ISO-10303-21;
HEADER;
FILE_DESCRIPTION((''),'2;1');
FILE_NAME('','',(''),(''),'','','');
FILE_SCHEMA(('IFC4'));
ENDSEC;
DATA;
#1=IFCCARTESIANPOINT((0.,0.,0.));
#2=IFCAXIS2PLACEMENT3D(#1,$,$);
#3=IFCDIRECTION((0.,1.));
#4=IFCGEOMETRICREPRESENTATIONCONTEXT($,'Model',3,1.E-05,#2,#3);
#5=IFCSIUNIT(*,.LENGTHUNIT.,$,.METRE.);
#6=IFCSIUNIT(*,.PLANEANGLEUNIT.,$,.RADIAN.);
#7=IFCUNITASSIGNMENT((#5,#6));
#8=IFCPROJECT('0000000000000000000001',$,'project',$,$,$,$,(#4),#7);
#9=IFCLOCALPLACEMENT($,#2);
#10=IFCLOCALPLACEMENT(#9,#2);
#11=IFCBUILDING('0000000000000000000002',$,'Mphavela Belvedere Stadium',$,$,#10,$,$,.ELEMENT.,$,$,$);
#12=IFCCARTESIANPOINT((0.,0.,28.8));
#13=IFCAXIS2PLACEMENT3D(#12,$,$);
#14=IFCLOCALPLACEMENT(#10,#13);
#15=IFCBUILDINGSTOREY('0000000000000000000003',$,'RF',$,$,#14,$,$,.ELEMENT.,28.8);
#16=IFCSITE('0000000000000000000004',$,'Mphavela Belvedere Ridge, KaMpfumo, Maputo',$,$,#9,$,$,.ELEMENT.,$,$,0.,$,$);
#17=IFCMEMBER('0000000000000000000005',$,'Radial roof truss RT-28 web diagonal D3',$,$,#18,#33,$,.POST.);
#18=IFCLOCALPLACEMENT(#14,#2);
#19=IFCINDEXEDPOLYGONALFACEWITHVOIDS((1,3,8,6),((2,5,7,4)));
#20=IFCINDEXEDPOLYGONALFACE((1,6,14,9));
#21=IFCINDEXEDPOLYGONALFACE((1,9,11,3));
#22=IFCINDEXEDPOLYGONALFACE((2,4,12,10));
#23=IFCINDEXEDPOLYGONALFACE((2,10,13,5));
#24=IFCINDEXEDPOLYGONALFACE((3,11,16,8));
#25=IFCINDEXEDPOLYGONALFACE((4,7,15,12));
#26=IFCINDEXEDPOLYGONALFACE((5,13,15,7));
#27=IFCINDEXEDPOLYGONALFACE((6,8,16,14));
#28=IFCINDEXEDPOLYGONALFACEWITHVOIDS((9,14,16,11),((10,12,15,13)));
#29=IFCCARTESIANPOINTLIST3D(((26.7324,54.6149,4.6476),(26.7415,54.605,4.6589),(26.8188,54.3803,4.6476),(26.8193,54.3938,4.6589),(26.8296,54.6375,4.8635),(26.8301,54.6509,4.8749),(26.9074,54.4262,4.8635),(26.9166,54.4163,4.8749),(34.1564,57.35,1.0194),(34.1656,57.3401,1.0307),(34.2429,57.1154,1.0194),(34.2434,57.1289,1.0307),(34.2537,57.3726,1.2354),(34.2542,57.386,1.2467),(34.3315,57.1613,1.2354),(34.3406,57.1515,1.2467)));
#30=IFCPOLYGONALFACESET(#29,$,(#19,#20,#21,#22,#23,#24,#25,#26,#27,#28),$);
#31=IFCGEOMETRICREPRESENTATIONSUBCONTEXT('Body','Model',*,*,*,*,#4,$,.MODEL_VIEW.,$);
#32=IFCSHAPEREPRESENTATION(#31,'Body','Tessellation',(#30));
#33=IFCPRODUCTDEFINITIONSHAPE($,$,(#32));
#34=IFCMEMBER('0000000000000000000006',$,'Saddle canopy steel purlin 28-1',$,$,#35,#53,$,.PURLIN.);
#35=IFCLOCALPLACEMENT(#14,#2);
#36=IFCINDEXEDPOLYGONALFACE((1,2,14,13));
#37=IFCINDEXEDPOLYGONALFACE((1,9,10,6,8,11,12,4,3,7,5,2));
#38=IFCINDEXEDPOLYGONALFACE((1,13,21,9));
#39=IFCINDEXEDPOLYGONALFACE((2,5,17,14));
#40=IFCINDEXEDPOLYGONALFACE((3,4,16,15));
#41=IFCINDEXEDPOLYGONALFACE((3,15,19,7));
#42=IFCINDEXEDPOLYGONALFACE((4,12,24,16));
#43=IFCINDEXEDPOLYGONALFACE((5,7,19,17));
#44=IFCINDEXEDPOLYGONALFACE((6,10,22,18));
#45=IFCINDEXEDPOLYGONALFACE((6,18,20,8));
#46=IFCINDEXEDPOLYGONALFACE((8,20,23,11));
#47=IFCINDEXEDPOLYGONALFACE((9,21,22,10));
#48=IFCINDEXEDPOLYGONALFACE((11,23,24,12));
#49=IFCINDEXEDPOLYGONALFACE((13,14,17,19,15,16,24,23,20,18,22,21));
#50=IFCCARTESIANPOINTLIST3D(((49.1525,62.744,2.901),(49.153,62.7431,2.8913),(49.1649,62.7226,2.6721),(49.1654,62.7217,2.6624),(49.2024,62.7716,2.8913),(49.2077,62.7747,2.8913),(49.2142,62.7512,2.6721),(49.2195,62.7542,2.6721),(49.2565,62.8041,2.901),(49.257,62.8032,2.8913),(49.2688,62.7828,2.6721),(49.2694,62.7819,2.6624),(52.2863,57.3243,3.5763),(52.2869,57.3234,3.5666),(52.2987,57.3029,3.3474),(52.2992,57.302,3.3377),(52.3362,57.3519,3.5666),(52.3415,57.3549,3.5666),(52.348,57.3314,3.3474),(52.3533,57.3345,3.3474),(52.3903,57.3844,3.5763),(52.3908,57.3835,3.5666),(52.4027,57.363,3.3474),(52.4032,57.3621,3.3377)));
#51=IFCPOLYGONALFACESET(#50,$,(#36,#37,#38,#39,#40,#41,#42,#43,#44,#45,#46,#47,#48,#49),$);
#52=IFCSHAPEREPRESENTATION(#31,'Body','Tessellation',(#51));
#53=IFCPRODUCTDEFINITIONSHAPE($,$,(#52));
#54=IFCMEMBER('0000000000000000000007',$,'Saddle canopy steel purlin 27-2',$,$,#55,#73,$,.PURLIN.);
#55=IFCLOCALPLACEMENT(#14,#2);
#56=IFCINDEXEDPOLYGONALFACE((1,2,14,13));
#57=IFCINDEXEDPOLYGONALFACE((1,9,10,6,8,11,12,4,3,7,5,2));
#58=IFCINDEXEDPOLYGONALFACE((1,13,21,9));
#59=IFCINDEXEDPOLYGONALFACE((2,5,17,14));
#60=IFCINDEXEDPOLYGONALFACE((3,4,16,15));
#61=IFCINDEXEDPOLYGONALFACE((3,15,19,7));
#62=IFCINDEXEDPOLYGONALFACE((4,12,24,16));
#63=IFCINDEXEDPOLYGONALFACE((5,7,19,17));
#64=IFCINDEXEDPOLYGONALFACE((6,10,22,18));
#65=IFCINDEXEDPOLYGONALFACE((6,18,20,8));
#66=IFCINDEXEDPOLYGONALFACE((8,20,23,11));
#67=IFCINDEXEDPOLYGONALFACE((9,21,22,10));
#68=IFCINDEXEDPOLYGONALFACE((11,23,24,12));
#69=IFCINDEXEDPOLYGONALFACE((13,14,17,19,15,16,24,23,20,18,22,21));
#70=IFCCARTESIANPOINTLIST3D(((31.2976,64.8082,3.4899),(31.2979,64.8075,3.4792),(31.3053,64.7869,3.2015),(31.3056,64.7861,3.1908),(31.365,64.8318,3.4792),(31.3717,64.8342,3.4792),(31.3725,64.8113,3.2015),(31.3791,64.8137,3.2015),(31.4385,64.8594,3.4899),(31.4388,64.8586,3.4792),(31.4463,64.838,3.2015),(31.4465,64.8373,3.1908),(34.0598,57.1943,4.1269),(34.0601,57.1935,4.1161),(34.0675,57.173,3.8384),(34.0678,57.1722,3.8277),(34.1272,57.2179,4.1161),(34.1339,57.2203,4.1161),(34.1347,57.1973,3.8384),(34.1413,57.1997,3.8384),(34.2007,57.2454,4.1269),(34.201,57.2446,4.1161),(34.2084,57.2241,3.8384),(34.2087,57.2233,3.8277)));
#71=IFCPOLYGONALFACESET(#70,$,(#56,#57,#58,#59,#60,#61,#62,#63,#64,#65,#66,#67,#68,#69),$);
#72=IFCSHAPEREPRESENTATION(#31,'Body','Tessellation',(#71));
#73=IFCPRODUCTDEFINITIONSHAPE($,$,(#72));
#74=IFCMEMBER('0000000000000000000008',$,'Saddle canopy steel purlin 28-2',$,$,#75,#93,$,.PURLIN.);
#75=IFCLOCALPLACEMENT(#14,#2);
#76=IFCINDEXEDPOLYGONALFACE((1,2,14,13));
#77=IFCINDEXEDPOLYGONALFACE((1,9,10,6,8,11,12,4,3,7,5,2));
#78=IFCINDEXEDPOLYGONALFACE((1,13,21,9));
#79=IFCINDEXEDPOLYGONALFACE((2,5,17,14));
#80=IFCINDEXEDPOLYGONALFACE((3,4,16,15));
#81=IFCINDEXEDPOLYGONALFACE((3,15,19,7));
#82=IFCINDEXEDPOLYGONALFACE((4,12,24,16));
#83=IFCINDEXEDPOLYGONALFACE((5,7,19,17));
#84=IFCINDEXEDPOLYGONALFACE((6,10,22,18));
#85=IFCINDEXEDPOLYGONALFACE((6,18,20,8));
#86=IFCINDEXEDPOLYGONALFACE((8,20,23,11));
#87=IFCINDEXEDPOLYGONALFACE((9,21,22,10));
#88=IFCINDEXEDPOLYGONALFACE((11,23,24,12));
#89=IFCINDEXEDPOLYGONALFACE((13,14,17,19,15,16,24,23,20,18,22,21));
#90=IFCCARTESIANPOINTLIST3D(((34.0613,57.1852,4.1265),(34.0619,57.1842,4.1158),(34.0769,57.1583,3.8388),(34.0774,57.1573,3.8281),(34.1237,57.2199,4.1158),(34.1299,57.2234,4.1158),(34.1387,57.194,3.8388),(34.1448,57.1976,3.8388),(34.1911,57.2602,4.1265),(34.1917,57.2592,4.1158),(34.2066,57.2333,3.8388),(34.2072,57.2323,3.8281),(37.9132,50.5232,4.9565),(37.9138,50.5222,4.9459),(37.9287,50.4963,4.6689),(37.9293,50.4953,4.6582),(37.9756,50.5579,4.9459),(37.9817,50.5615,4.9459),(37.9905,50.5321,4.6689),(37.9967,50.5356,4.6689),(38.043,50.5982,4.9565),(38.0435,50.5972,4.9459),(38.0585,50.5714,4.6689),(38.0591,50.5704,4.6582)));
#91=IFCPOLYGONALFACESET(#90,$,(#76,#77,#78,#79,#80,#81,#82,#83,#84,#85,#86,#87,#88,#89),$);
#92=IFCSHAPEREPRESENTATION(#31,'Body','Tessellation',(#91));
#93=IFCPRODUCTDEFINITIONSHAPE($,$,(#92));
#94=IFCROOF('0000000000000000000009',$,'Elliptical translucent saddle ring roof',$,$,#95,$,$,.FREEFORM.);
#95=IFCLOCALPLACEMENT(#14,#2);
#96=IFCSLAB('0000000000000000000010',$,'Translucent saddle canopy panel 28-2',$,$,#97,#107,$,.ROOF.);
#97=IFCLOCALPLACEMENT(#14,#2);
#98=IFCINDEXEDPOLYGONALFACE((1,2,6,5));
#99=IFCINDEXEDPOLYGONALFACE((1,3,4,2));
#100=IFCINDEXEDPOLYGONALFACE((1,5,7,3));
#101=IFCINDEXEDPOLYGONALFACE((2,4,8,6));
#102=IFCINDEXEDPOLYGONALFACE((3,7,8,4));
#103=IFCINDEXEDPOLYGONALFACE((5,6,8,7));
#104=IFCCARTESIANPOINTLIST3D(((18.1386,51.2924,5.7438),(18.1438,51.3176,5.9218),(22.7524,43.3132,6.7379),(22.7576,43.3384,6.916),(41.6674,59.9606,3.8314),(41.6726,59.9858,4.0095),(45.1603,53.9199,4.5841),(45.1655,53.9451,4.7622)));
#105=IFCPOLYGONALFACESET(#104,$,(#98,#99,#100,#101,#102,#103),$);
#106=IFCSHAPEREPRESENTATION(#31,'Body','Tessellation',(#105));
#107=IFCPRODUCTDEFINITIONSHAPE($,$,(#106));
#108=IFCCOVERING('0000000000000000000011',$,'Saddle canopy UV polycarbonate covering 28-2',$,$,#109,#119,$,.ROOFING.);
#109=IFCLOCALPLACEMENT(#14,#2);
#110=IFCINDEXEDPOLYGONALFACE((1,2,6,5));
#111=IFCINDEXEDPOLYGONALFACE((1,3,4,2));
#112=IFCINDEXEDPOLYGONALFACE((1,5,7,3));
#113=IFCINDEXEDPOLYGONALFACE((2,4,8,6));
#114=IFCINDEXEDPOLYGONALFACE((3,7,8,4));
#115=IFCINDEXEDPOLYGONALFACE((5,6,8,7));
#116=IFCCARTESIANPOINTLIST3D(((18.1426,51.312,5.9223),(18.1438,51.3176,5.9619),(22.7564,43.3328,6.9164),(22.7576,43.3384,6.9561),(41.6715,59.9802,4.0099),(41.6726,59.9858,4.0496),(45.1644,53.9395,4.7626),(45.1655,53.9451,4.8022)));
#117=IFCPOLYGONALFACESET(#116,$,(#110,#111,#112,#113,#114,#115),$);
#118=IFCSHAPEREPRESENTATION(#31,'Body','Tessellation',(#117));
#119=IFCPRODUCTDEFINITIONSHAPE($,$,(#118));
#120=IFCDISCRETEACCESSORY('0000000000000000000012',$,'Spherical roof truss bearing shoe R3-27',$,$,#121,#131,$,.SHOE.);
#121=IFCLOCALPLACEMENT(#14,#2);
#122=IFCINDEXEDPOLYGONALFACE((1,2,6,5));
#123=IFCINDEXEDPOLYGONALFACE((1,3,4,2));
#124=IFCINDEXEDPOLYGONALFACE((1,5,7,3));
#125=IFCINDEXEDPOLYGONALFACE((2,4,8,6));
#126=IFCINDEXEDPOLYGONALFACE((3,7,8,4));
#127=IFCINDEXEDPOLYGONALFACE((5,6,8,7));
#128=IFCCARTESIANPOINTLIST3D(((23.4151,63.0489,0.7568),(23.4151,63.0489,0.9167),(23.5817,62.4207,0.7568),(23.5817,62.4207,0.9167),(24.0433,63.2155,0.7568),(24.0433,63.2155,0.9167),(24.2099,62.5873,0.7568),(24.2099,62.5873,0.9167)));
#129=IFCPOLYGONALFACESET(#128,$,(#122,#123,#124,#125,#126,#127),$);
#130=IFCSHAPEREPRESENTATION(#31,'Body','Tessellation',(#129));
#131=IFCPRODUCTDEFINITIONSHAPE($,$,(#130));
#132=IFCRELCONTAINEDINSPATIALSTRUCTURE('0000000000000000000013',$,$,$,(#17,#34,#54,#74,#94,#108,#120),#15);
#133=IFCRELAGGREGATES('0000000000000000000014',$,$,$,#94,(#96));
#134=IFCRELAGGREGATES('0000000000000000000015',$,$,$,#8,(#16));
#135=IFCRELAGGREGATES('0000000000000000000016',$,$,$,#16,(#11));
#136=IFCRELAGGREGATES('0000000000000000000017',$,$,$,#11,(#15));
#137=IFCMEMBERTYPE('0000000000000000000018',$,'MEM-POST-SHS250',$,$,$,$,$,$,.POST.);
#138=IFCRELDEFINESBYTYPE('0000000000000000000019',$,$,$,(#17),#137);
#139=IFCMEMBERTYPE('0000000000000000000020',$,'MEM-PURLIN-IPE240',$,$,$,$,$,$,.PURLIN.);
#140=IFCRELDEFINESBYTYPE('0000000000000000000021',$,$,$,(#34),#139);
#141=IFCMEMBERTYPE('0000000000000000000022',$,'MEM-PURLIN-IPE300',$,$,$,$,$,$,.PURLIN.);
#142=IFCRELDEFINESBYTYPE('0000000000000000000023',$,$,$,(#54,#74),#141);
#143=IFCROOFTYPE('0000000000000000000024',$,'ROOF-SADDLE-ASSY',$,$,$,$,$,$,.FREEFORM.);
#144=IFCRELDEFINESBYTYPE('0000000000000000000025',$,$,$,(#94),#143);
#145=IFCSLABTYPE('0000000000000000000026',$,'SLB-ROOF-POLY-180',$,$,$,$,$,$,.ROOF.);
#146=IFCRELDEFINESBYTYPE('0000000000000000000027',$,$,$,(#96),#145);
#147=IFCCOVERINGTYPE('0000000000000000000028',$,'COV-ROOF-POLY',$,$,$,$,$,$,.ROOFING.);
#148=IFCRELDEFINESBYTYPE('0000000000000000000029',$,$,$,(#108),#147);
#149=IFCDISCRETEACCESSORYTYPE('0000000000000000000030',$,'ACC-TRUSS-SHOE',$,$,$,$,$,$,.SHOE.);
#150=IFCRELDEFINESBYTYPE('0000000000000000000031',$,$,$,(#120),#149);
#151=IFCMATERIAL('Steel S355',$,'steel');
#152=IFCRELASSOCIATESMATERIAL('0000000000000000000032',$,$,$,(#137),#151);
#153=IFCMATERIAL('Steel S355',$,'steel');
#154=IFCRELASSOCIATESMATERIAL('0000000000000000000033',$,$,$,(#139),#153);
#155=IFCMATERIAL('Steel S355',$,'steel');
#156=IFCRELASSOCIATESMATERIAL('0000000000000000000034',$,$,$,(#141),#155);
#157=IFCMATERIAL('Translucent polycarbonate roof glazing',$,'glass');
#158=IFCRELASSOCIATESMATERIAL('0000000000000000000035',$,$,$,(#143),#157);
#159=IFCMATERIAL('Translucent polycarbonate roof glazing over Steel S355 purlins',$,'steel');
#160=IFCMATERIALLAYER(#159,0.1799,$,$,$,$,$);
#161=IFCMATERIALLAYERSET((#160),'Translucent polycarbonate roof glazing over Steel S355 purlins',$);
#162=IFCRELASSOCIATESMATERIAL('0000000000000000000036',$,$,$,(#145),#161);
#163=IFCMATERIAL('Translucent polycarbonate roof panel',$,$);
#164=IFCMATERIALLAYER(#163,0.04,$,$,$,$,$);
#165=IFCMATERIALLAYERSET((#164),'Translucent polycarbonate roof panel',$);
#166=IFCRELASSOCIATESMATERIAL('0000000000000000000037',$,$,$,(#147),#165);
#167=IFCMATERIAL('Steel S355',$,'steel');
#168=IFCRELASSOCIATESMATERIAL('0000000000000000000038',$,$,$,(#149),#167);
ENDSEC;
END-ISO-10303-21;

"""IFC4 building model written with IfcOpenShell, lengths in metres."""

from ifc_helpers import new_model, si_unit, direction, frame, origin, origin_2d, place, context, subcontext, project, spatial, polyline, rectangle, hollow_rectangle, i_section, outline, extrude, material, layer, layer_set, material_profile, profile_set, type_object, element, aggregate, save


model = new_model("IFC4")

# Units and contexts
model_context = context("Model", 3, precision=1e-05, world=origin(), true_north=direction((0.0, 1.0)))
body_context = subcontext(model_context, "Body", "Model", "MODEL_VIEW")
ifc_project = project(units=[si_unit("LENGTHUNIT", "METRE"), si_unit("PLANEANGLEUNIT", "RADIAN")], contexts=[model_context])

# Site, building, storey
site_placement = place(None, origin())
site = spatial("IfcSite", under=ifc_project, at=site_placement, Name="Mphavela Belvedere Ridge, KaMpfumo, Maputo", CompositionType="ELEMENT", RefElevation=0.0)
building_placement = place(site_placement, origin())
building = spatial("IfcBuilding", under=site, at=building_placement, Name="Mphavela Belvedere Stadium", CompositionType="ELEMENT")
storey_placement = place(building_placement, frame((0.0, 0.0, 28.8)))
storey = spatial("IfcBuildingStorey", under=building, at=storey_placement, Name="RF", CompositionType="ELEMENT", Elevation=28.8)

# Members
ifc_material_1 = material(Name="Steel S355", Category="steel")
ifc_material_profile_1 = material_profile(ifc_material_1, hollow_rectangle(XDim=0.25, YDim=0.25, WallThickness=0.0125, at=origin_2d()), Name="SHS 250x250x12.5")
ifc_profile_set_1 = profile_set([ifc_material_profile_1], Name="Steel S355")
member_type_1 = type_object("IfcMemberType", Name="MEM-POST-SHS250", PredefinedType="POST", material=ifc_profile_set_1)
member_1_placement = place(storey_placement, frame((26.8245, 54.5156, 4.7612), z_axis=(0.85294, 0.314232, -0.416835), x_axis=(-0.345697, 0.938346, 0.0)))
element("IfcMember", 1, at=member_1_placement, inside=storey, type_object=member_type_1, Name="Radial roof truss RT-28 web diagonal D3", PredefinedType="POST", context=body_context, shape_type="SweptSolid", body=[
    extrude(hollow_rectangle(XDim=0.25, YDim=0.25, WallThickness=0.0125, at=origin_2d()), origin(), (0.0, 0.0, 1.0), 8.7041),
])
ifc_material_2 = material(Name="Steel S355", Category="steel")
ifc_material_profile_2 = material_profile(ifc_material_2, i_section(OverallWidth=0.1201, OverallDepth=0.24, WebThickness=0.0061, FlangeThickness=0.0098, at=origin_2d()), Name="IPE 240")
ifc_profile_set_2 = profile_set([ifc_material_profile_2], Name="Steel S355")
member_type_2 = type_object("IfcMemberType", Name="MEM-PURLIN-IPE240", PredefinedType="PURLIN", material=ifc_profile_set_2)
member_2_placement = place(storey_placement, frame((49.2109, 62.7629, 2.7817), z_axis=(0.49768, -0.860705, 0.107244), x_axis=(0.865698, 0.500567, 0.0)))
element("IfcMember", 2, at=member_2_placement, inside=storey, type_object=member_type_2, Name="Saddle canopy steel purlin 28-1", PredefinedType="PURLIN", context=body_context, shape_type="SweptSolid", body=[
    extrude(i_section(OverallWidth=0.1201, OverallDepth=0.24, WebThickness=0.0061, FlangeThickness=0.0098, at=origin_2d()), origin(), (0.0, 0.0, 1.0), 6.2969),
])
ifc_material_3 = material(Name="Steel S355", Category="steel")
ifc_material_profile_3 = material_profile(ifc_material_3, i_section(OverallWidth=0.1499, OverallDepth=0.3, WebThickness=0.0071, FlangeThickness=0.0107, at=origin_2d()), Name="IPE 300")
ifc_profile_set_3 = profile_set([ifc_material_profile_3], Name="Steel S355")
member_type_3 = type_object("IfcMemberType", Name="MEM-PURLIN-IPE300", PredefinedType="PURLIN", material=ifc_profile_set_3)
member_3_placement = place(storey_placement, frame((31.3721, 64.8228, 3.3403), z_axis=(0.339982, -0.937158, 0.0784), x_axis=(0.940052, 0.341031, 0.0)))
element("IfcMember", 3, at=member_3_placement, inside=storey, type_object=member_type_3, Name="Saddle canopy steel purlin 27-2", PredefinedType="PURLIN", context=body_context, shape_type="SweptSolid", body=[
    extrude(i_section(OverallWidth=0.1499, OverallDepth=0.3, WebThickness=0.0071, FlangeThickness=0.0107, at=origin_2d()), origin(), (0.0, 0.0, 1.0), 8.1245),
])
member_4_placement = place(storey_placement, frame((34.1343, 57.2087, 3.9773), z_axis=(0.497657, -0.860718, 0.107247), x_axis=(0.865711, 0.500543, 0.0)))
element("IfcMember", 4, at=member_4_placement, inside=storey, type_object=member_type_3, Name="Saddle canopy steel purlin 28-2", PredefinedType="PURLIN", context=body_context, shape_type="SweptSolid", body=[
    extrude(i_section(OverallWidth=0.1499, OverallDepth=0.3, WebThickness=0.0071, FlangeThickness=0.0107, at=origin_2d()), origin(), (0.0, 0.0, 1.0), 7.74),
])

# Roof, slab
ifc_material_4 = material(Name="Translucent polycarbonate roof glazing", Category="glass")
roof_type = type_object("IfcRoofType", Name="ROOF-SADDLE-ASSY", PredefinedType="FREEFORM", material=ifc_material_4)
roof_placement = place(storey_placement, origin())
roof = element("IfcRoof", 5, at=roof_placement, inside=storey, type_object=roof_type, Name="Elliptical translucent saddle ring roof", PredefinedType="FREEFORM")
ifc_material_5 = material(Name="Translucent polycarbonate roof glazing over Steel S355 purlins", Category="steel")
ifc_layer_1 = layer(ifc_material_5, 0.1799)
ifc_layer_set_1 = layer_set([ifc_layer_1], Name="Translucent polycarbonate roof glazing over Steel S355 purlins")
slab_type = type_object("IfcSlabType", Name="SLB-ROOF-POLY-180", PredefinedType="ROOF", material=ifc_layer_set_1)
slab_1_placement = place(storey_placement, frame((41.6726, 59.9858, 4.0095), z_axis=(0.028862, 0.140004, 0.98973), x_axis=(0.49768, -0.860706, 0.10724)))
slab_1 = element("IfcSlab", 6, at=slab_1_placement, type_object=slab_type, Name="Translucent saddle canopy panel 28-2", PredefinedType="ROOF", context=body_context, shape_type="SweptSolid", body=[
    extrude(outline(polyline([(0.0, 0.0), (7.0184, 0.0), (5.2266, -24.8203), (-4.044, -24.8203), (0.0, 0.0)])), origin(), (0.0, 0.0, -1.0), 0.1799),
])
aggregate(roof, [slab_1])

# Covering
ifc_material_6 = material(Name="Translucent polycarbonate roof panel")
ifc_layer_2 = layer(ifc_material_6, 0.04)
ifc_layer_set_2 = layer_set([ifc_layer_2], Name="Translucent polycarbonate roof panel")
covering_type = type_object("IfcCoveringType", Name="COV-ROOF-POLY", PredefinedType="ROOFING", material=ifc_layer_set_2)
covering_1_placement = place(storey_placement, frame((41.6726, 59.9858, 4.0496), z_axis=(0.028862, 0.140004, 0.98973), x_axis=(0.49768, -0.860706, 0.10724)))
element("IfcCovering", 7, at=covering_1_placement, inside=storey, type_object=covering_type, Name="Saddle canopy UV polycarbonate covering 28-2", PredefinedType="ROOFING", context=body_context, shape_type="SweptSolid", body=[
    extrude(outline(polyline([(0.0, 0.0), (7.0184, 0.0), (5.2266, -24.8203), (-4.044, -24.8203), (0.0, 0.0)])), origin(), (0.0, 0.0, -1.0), 0.04),
])

# Discrete accessory
ifc_material_7 = material(Name="Steel S355", Category="steel")
discrete_accessory_type = type_object("IfcDiscreteAccessoryType", Name="ACC-TRUSS-SHOE", PredefinedType="SHOE", material=ifc_material_7)
discrete_accessory_placement = place(storey_placement, frame((23.8125, 62.8181, 0.7568), z_axis=(0.0, 0.0, 1.0), x_axis=(-0.9666, -0.256289, 0.0)))
element("IfcDiscreteAccessory", 8, at=discrete_accessory_placement, inside=storey, type_object=discrete_accessory_type, Name="Spherical roof truss bearing shoe R3-27", PredefinedType="SHOE", context=body_context, shape_type="SweptSolid", body=[
    extrude(rectangle(XDim=0.6499, YDim=0.6499, at=origin_2d()), origin(), (0.0, 0.0, 1.0), 0.1599),
])

save(model, "model.ifc")
